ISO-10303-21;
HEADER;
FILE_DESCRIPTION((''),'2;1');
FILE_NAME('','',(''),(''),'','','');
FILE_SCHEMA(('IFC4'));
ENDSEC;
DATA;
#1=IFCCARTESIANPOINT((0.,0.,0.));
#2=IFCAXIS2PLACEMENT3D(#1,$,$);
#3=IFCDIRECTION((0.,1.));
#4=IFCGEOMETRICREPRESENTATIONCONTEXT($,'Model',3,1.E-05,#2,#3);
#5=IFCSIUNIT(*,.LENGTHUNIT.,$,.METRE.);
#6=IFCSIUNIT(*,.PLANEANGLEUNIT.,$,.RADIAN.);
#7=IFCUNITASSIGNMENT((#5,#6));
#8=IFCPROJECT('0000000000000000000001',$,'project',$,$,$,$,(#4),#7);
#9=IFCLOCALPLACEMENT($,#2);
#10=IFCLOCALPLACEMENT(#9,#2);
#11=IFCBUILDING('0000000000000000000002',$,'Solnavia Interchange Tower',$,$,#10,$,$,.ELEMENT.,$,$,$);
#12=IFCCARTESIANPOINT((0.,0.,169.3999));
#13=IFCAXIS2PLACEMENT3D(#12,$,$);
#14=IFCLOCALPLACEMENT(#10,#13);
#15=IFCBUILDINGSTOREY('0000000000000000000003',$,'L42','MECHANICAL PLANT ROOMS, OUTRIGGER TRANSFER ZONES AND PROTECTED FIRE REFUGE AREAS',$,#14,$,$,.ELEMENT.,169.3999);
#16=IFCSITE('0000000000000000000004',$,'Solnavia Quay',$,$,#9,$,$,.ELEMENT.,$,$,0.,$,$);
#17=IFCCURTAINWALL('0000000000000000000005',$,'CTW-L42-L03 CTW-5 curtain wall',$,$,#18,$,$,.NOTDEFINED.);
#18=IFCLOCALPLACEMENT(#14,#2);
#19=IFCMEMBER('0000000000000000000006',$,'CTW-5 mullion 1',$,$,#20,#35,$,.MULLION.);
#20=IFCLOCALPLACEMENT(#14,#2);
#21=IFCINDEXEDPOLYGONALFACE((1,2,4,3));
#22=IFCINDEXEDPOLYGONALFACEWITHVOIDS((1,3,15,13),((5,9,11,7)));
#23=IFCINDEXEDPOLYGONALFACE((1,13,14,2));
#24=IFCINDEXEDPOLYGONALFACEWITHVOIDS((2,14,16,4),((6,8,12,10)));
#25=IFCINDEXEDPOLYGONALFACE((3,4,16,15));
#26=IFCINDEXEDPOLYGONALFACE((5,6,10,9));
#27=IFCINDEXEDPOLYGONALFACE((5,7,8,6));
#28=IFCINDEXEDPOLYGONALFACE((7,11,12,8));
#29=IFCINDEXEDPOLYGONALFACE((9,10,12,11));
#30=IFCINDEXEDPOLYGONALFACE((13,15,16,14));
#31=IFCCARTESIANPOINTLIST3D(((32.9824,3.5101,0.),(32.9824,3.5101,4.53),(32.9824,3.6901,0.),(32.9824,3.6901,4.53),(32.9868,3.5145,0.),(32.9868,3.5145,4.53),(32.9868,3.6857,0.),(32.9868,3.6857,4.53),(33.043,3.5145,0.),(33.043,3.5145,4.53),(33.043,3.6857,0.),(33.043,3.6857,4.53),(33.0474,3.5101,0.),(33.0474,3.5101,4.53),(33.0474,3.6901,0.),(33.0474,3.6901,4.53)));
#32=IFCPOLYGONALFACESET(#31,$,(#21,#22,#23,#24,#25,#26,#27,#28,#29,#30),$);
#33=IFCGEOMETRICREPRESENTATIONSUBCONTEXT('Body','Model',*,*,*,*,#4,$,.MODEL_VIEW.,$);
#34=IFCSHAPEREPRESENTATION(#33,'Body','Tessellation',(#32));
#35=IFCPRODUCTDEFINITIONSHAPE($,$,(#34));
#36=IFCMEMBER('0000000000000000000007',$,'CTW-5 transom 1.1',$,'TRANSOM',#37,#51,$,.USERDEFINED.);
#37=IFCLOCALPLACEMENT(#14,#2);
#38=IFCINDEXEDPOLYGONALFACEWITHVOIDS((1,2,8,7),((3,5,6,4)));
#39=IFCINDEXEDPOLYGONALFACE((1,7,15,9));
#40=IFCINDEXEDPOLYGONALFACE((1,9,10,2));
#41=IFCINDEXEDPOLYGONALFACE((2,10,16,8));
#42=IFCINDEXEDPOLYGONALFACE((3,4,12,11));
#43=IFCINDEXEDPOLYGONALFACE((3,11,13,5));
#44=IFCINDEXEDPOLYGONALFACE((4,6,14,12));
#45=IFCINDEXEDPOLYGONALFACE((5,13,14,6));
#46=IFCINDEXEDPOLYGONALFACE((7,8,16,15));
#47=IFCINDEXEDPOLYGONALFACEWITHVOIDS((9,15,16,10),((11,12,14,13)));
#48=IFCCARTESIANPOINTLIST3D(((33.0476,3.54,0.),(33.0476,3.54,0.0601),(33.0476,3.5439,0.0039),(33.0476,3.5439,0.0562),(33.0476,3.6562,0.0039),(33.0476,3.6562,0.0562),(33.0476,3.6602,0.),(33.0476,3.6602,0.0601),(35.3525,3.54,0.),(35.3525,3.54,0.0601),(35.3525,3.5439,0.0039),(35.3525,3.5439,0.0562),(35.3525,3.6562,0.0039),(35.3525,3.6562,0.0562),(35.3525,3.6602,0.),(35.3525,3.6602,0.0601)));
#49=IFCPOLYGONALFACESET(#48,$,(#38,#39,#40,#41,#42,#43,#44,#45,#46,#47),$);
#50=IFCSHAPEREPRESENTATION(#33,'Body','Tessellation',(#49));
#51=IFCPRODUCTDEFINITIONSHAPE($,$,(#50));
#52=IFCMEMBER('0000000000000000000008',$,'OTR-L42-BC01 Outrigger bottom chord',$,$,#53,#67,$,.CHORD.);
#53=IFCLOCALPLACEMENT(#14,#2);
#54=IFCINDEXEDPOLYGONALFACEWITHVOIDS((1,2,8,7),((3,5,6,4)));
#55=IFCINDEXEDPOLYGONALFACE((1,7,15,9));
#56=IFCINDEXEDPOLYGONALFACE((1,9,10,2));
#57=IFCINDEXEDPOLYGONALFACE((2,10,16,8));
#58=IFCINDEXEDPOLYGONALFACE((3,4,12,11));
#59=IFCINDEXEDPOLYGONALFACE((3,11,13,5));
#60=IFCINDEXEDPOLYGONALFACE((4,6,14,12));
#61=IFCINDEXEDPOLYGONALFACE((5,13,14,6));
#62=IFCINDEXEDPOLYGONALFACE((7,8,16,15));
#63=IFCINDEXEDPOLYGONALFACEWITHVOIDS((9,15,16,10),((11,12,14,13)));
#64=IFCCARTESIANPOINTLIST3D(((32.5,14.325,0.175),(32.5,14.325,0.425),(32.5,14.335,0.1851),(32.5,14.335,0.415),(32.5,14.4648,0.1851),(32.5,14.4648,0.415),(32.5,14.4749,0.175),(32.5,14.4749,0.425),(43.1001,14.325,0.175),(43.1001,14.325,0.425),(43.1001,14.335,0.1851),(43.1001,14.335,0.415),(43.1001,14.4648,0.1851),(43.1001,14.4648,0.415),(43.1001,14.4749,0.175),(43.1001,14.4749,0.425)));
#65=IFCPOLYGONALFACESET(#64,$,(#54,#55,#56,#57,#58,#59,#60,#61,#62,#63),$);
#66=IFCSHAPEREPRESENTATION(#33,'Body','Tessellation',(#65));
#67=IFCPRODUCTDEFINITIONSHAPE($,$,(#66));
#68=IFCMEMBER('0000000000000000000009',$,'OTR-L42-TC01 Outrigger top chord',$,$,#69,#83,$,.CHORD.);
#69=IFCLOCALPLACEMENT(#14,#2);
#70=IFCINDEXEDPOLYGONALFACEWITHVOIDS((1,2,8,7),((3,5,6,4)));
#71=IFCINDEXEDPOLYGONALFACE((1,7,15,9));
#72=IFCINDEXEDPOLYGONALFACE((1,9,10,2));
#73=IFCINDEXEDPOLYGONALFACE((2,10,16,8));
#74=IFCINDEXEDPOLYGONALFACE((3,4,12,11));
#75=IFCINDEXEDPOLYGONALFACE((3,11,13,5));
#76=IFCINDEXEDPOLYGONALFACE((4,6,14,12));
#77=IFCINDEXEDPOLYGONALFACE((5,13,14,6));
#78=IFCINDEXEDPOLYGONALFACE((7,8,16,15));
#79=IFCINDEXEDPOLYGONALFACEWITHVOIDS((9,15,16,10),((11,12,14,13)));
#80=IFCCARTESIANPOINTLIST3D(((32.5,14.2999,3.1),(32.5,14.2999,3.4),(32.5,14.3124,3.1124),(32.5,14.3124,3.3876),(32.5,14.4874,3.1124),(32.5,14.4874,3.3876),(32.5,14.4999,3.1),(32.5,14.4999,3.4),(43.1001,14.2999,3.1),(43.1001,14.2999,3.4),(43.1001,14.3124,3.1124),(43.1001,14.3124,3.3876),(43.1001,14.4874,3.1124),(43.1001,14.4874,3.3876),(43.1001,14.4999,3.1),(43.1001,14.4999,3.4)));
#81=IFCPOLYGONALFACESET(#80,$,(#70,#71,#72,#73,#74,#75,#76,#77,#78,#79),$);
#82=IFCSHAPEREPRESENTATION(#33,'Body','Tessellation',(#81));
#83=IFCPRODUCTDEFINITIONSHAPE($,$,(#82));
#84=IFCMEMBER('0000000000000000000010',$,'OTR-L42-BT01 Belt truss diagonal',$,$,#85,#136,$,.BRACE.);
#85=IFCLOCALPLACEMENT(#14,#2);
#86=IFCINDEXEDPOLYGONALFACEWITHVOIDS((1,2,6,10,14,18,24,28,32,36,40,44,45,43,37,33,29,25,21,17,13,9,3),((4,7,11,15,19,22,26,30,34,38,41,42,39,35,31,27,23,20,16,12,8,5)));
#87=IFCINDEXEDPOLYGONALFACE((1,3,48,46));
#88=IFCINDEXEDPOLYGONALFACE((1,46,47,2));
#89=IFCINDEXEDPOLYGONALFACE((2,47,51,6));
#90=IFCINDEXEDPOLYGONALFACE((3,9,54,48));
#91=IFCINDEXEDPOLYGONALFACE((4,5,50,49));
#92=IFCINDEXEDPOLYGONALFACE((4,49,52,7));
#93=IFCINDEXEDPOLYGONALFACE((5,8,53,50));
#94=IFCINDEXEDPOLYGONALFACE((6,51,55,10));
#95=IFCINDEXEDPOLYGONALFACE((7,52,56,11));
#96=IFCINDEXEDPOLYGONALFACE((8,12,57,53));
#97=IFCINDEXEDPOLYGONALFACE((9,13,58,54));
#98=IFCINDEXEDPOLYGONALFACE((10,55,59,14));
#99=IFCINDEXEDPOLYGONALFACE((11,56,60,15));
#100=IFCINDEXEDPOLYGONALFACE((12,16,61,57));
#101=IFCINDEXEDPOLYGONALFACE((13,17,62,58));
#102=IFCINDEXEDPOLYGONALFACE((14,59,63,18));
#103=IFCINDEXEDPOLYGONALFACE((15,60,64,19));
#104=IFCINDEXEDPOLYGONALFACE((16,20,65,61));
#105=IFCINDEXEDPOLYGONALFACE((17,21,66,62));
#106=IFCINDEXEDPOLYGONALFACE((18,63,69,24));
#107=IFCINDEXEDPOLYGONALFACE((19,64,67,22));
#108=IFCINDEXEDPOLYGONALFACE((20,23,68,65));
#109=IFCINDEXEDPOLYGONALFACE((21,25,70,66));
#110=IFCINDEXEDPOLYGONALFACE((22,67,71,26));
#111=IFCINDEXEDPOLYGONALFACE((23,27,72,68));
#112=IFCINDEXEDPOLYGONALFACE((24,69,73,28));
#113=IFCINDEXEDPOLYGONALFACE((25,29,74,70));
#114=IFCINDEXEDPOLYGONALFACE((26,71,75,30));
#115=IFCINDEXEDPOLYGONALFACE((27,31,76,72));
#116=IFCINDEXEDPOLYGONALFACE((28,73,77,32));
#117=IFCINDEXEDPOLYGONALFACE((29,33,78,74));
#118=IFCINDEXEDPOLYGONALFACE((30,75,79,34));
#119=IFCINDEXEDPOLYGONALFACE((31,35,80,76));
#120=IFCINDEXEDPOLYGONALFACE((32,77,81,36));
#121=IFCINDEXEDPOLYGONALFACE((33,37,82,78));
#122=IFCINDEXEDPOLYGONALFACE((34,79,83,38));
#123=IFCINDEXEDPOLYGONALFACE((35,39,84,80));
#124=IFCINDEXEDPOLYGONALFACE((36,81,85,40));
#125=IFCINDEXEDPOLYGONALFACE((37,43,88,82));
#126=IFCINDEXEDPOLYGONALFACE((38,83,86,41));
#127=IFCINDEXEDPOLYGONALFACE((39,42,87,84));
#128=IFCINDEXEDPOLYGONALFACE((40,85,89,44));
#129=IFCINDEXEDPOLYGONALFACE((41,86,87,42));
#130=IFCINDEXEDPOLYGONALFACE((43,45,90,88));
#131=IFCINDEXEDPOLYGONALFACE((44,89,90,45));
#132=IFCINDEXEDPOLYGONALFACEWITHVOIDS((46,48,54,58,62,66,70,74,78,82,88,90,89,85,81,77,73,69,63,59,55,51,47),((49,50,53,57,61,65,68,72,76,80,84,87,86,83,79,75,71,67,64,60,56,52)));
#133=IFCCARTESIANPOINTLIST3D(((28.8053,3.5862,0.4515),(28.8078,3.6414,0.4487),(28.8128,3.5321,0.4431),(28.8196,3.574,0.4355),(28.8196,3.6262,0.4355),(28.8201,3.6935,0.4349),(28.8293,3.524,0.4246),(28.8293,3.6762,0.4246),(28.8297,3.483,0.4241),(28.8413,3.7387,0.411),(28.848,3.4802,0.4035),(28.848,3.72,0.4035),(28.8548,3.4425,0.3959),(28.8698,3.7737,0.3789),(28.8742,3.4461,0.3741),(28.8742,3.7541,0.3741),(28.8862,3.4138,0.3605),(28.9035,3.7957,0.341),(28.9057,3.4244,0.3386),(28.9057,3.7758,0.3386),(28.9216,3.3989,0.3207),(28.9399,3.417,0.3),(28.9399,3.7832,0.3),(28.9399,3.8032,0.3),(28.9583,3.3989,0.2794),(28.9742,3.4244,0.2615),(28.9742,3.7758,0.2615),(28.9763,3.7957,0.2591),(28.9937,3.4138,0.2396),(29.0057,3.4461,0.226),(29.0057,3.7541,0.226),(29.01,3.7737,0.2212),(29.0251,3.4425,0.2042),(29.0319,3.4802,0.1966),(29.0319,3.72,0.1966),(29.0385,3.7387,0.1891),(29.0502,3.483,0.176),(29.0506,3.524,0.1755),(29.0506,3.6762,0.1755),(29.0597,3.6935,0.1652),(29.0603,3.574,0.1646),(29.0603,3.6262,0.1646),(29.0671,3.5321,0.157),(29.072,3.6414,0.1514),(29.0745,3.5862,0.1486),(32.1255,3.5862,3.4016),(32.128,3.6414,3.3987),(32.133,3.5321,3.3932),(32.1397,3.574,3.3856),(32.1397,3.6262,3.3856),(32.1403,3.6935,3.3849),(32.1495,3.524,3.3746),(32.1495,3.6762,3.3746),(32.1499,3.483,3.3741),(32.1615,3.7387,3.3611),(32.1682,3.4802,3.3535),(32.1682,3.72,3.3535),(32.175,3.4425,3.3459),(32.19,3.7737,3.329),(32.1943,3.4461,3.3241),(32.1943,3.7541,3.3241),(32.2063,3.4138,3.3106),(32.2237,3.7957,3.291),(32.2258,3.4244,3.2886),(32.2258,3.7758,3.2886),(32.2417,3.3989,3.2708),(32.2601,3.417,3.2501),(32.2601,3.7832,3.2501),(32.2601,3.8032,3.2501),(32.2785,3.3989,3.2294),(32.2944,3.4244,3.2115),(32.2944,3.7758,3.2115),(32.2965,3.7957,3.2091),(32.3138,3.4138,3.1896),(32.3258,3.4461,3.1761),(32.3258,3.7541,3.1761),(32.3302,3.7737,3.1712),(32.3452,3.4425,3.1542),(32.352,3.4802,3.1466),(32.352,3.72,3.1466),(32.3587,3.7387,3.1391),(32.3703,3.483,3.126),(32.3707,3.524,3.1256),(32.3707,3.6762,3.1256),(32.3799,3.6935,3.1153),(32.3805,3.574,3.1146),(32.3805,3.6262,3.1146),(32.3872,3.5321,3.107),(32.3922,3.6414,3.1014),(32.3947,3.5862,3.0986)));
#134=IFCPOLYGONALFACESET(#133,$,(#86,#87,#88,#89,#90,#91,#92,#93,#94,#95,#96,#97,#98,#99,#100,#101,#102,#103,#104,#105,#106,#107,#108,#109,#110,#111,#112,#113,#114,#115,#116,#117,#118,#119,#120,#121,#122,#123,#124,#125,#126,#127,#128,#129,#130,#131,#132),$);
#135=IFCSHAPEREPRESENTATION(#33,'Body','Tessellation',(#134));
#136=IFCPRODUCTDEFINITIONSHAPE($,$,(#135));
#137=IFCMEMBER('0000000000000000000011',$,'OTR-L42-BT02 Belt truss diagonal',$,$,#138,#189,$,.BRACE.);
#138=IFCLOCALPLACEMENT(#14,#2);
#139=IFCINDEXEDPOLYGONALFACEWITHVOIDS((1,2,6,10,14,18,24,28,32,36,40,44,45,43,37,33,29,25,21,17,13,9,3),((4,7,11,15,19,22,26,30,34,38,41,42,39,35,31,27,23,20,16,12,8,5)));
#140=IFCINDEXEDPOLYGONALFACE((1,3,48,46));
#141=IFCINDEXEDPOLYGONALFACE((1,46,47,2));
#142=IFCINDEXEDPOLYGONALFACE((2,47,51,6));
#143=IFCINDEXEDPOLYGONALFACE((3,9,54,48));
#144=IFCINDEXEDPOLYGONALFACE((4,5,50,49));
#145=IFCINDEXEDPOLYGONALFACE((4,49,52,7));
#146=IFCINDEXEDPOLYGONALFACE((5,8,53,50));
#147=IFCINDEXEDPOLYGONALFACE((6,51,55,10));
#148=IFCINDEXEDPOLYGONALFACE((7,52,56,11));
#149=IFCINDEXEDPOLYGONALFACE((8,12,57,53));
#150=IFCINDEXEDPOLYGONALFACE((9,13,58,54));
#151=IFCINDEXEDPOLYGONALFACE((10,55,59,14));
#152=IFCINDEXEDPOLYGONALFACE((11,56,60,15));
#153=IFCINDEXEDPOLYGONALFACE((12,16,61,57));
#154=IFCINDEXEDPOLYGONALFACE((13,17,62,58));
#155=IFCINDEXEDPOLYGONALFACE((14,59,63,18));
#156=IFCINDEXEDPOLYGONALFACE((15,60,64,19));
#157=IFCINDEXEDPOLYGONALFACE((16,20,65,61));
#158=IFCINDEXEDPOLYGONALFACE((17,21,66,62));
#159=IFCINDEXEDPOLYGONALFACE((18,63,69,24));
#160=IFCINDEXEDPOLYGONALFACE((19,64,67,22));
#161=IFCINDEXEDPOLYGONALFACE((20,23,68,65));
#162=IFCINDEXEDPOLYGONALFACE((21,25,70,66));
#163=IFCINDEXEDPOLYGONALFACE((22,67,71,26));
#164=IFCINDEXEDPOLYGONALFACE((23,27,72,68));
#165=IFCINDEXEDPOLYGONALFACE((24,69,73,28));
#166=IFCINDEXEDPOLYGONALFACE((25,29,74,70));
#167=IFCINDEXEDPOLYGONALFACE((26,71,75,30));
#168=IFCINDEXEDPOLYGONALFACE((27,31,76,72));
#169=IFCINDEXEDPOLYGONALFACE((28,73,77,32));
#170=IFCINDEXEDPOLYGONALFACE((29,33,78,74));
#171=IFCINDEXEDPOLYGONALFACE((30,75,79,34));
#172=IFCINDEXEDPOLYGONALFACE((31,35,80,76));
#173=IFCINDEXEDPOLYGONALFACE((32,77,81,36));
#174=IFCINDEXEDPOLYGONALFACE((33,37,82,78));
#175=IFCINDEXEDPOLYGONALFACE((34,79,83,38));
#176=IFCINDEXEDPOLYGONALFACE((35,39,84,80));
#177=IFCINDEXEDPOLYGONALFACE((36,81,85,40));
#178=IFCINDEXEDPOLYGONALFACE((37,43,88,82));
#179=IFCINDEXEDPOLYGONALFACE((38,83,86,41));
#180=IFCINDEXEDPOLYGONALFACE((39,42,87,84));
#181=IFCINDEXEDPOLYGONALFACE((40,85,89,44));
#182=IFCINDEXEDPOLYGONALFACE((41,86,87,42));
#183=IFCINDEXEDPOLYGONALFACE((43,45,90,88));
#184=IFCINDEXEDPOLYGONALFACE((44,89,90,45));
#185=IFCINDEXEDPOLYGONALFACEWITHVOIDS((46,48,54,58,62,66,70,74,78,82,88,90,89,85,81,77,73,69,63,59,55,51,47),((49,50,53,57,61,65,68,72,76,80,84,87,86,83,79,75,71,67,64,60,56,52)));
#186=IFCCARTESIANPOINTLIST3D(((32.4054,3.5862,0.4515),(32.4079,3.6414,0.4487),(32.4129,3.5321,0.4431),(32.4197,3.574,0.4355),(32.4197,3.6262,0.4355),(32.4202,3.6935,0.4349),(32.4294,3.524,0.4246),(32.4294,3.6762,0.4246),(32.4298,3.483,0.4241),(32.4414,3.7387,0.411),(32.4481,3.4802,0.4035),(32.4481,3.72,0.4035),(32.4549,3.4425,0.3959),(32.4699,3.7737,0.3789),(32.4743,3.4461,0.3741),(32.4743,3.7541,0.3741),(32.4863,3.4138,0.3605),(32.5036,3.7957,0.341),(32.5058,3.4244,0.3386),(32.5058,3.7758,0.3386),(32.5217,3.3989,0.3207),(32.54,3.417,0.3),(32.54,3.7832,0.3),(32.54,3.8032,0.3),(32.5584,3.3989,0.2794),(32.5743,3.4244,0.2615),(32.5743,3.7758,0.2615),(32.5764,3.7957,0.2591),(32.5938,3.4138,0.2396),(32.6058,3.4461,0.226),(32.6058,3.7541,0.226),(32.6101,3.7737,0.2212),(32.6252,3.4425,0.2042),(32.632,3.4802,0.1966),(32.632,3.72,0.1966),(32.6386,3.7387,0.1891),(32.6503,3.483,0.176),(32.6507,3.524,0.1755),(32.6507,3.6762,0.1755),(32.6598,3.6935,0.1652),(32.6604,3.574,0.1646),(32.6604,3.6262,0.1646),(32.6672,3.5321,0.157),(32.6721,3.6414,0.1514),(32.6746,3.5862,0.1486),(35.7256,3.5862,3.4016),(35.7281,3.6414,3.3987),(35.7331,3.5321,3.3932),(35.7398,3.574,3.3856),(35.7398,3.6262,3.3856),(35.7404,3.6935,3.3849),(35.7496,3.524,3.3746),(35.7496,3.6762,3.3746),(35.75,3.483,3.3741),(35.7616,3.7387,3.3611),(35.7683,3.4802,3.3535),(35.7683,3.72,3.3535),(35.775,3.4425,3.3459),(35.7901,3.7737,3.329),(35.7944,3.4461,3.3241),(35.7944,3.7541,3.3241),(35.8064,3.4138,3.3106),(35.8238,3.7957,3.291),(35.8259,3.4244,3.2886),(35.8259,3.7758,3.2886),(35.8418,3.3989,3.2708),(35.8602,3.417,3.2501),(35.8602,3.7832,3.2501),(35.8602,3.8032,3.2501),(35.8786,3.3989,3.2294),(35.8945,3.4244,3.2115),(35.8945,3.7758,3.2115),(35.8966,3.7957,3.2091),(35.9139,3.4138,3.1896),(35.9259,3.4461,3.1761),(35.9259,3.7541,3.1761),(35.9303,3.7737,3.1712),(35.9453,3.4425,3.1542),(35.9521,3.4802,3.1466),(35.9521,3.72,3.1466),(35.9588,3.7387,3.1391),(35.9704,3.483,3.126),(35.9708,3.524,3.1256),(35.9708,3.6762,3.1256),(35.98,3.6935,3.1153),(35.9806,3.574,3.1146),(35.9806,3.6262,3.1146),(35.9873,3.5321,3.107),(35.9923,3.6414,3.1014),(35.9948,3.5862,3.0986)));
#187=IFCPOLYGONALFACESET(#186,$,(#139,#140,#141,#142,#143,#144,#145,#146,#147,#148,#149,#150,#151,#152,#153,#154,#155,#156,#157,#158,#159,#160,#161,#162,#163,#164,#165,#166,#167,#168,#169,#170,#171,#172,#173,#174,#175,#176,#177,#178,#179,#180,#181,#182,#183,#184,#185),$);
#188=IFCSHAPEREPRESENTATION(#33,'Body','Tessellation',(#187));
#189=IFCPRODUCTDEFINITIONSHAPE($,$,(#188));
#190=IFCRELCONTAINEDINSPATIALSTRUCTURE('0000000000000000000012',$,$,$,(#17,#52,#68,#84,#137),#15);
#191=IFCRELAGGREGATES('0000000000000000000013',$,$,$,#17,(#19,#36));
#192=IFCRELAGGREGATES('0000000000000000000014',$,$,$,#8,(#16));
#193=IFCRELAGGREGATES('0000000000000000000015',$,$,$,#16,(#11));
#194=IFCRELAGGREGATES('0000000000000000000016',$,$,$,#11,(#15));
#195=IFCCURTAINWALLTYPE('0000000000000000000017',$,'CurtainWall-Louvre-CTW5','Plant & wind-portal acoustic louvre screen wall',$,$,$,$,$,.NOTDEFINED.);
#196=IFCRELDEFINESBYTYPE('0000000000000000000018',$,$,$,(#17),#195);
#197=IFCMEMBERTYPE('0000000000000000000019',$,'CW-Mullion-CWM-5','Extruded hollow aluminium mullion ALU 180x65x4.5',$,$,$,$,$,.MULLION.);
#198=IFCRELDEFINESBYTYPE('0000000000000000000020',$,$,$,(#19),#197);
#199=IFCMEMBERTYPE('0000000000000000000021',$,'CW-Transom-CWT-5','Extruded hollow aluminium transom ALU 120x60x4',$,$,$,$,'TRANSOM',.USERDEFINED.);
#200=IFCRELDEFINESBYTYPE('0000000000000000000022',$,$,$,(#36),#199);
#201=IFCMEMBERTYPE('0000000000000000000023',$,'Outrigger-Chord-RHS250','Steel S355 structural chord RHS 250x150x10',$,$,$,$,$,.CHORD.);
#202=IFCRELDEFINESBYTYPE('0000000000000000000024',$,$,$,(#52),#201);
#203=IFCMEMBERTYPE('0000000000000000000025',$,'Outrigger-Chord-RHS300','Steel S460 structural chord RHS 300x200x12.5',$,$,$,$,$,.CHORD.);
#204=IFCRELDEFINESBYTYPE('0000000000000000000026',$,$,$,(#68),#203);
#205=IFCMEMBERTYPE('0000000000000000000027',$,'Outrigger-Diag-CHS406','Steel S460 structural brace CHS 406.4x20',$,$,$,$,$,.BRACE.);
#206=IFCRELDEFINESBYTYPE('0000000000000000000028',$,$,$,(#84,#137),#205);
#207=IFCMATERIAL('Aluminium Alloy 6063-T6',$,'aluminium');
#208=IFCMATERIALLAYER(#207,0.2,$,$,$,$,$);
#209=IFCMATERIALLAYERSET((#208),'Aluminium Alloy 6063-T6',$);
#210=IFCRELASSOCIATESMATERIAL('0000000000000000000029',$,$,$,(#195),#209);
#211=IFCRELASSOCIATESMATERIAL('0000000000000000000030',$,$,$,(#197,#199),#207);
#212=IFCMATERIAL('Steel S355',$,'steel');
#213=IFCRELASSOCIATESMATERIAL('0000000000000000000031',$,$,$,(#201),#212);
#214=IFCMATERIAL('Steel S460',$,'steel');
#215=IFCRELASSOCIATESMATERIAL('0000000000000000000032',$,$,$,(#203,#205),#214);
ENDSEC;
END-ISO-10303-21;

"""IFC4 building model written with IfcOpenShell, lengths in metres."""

from ifc_helpers import new_model, si_unit, direction, frame, origin, origin_2d, place, context, subcontext, project, spatial, hollow_rectangle, hollow_circle, extrude, material, layer, layer_set, material_profile, profile_set, type_object, element, aggregate, save


model = new_model("IFC4")

# Units and contexts
model_context = context("Model", 3, precision=1e-05, world=origin(), true_north=direction((0.0, 1.0)))
body_context = subcontext(model_context, "Body", "Model", "MODEL_VIEW")
ifc_project = project(units=[si_unit("LENGTHUNIT", "METRE"), si_unit("PLANEANGLEUNIT", "RADIAN")], contexts=[model_context])

# Site, building, storey
site_placement = place(None, origin())
site = spatial("IfcSite", under=ifc_project, at=site_placement, Name="Solnavia Quay", CompositionType="ELEMENT", RefElevation=0.0)
building_placement = place(site_placement, origin())
building = spatial("IfcBuilding", under=site, at=building_placement, Name="Solnavia Interchange Tower", CompositionType="ELEMENT")
storey_placement = place(building_placement, frame((0.0, 0.0, 169.3999)))
storey = spatial("IfcBuildingStorey", under=building, at=storey_placement, Name="L42", Description="MECHANICAL PLANT ROOMS, OUTRIGGER TRANSFER ZONES AND PROTECTED FIRE REFUGE AREAS", CompositionType="ELEMENT", Elevation=169.3999)

# Shared definitions
ifc_material_1 = material(Name="Steel S355", Category="steel")

# Shared definitions
ifc_material_2 = material(Name="Steel S460", Category="steel")

# Curtain wall, members
ifc_material_3 = material(Name="Aluminium Alloy 6063-T6", Category="aluminium")
ifc_layer_1 = layer(ifc_material_3, 0.2)
ifc_layer_set_1 = layer_set([ifc_layer_1], Name="Aluminium Alloy 6063-T6")
curtain_wall_type = type_object("IfcCurtainWallType", Name="CurtainWall-Louvre-CTW5", Description="Plant & wind-portal acoustic louvre screen wall", PredefinedType="NOTDEFINED", material=ifc_layer_set_1)
curtain_wall_placement = place(storey_placement, origin())
curtain_wall = element("IfcCurtainWall", 1, at=curtain_wall_placement, inside=storey, type_object=curtain_wall_type, Name="CTW-L42-L03 CTW-5 curtain wall", PredefinedType="NOTDEFINED")
ifc_material_profile_1 = material_profile(ifc_material_3, hollow_rectangle(XDim=0.0649, YDim=0.1799, WallThickness=0.0044, at=origin_2d()), Name="ALU 180x65x4.5")
ifc_profile_set_1 = profile_set([ifc_material_profile_1], Name="Aluminium Alloy 6063-T6")
member_type_1 = type_object("IfcMemberType", Name="CW-Mullion-CWM-5", Description="Extruded hollow aluminium mullion ALU 180x65x4.5", PredefinedType="MULLION", material=ifc_profile_set_1)
member_1_placement = place(storey_placement, frame((33.0149, 3.6001, 0.0), z_axis=(0.0, 0.0, 1.0), x_axis=(1.0, 0.0, 0.0)))
member_1 = element("IfcMember", 2, at=member_1_placement, type_object=member_type_1, Name="CTW-5 mullion 1", PredefinedType="MULLION", context=body_context, shape_type="SweptSolid", body=[
    extrude(hollow_rectangle(XDim=0.0649, YDim=0.1799, WallThickness=0.0044, at=origin_2d()), origin(), (0.0, 0.0, 1.0), 4.53),
])
ifc_material_profile_2 = material_profile(ifc_material_3, hollow_rectangle(XDim=0.0601, YDim=0.1201, WallThickness=0.0039, at=origin_2d()), Name="ALU 120x60x4")
ifc_profile_set_2 = profile_set([ifc_material_profile_2], Name="Aluminium Alloy 6063-T6")
member_type_2 = type_object("IfcMemberType", Name="CW-Transom-CWT-5", Description="Extruded hollow aluminium transom ALU 120x60x4", ElementType="TRANSOM", PredefinedType="USERDEFINED", material=ifc_profile_set_2)
member_2_placement = place(storey_placement, frame((33.0476, 3.6001, 0.03), z_axis=(1.0, 0.0, 0.0), x_axis=(0.0, 0.0, 1.0)))
member_2 = element("IfcMember", 3, at=member_2_placement, type_object=member_type_2, Name="CTW-5 transom 1.1", ObjectType="TRANSOM", PredefinedType="USERDEFINED", context=body_context, shape_type="SweptSolid", body=[
    extrude(hollow_rectangle(XDim=0.0601, YDim=0.1201, WallThickness=0.0039, at=origin_2d()), origin(), (0.0, 0.0, 1.0), 2.3049),
])
aggregate(curtain_wall, [member_1, member_2])

# Members
ifc_material_profile_3 = material_profile(ifc_material_1, hollow_rectangle(XDim=0.1499, YDim=0.25, WallThickness=0.01, at=origin_2d()), Name="RHS 250x150x10")
ifc_profile_set_3 = profile_set([ifc_material_profile_3], Name="Steel S355")
member_type_3 = type_object("IfcMemberType", Name="Outrigger-Chord-RHS250", Description="Steel S355 structural chord RHS 250x150x10", PredefinedType="CHORD", material=ifc_profile_set_3)
member_3_placement = place(storey_placement, frame((32.5, 14.3999, 0.3), z_axis=(1.0, 0.0, 0.0), x_axis=(0.0, 1.0, 0.0)))
element("IfcMember", 4, at=member_3_placement, inside=storey, type_object=member_type_3, Name="OTR-L42-BC01 Outrigger bottom chord", PredefinedType="CHORD", context=body_context, shape_type="SweptSolid", body=[
    extrude(hollow_rectangle(XDim=0.1499, YDim=0.25, WallThickness=0.01, at=origin_2d()), origin(), (0.0, 0.0, 1.0), 10.6001),
])
ifc_material_profile_4 = material_profile(ifc_material_2, hollow_rectangle(XDim=0.2, YDim=0.3, WallThickness=0.0125, at=origin_2d()), Name="RHS 300x200x12.5")
ifc_profile_set_4 = profile_set([ifc_material_profile_4], Name="Steel S460")
member_type_4 = type_object("IfcMemberType", Name="Outrigger-Chord-RHS300", Description="Steel S460 structural chord RHS 300x200x12.5", PredefinedType="CHORD", material=ifc_profile_set_4)
member_4_placement = place(storey_placement, frame((32.5, 14.3999, 3.25), z_axis=(1.0, 0.0, 0.0), x_axis=(0.0, 1.0, 0.0)))
element("IfcMember", 5, at=member_4_placement, inside=storey, type_object=member_type_4, Name="OTR-L42-TC01 Outrigger top chord", PredefinedType="CHORD", context=body_context, shape_type="SweptSolid", body=[
    extrude(hollow_rectangle(XDim=0.2, YDim=0.3, WallThickness=0.0125, at=origin_2d()), origin(), (0.0, 0.0, 1.0), 10.6001),
])
ifc_material_profile_5 = material_profile(ifc_material_2, hollow_circle(Radius=0.2031, WallThickness=0.02, at=origin_2d()), Name="CHS 406.4x20")
ifc_profile_set_5 = profile_set([ifc_material_profile_5], Name="Steel S460")
member_type_5 = type_object("IfcMemberType", Name="Outrigger-Diag-CHS406", Description="Steel S460 structural brace CHS 406.4x20", PredefinedType="BRACE", material=ifc_profile_set_5)
for number, where, z_axis, x_axis, name in (
    (6, (28.9399, 3.6001, 0.3), (0.747546, 0.0, 0.66421), (0.0, 1.0, 0.0), "OTR-L42-BT01 Belt truss diagonal"),
    (7, (32.54, 3.6001, 0.3), (0.747546, 0.0, 0.66421), (0.0, 1.0, 0.0), "OTR-L42-BT02 Belt truss diagonal"),
):
    element("IfcMember", number, at=place(storey_placement, frame(where, z_axis=z_axis, x_axis=x_axis)), inside=storey, type_object=member_type_5, Name=name, PredefinedType="BRACE", context=body_context, shape_type="SweptSolid", body=[
        extrude(hollow_circle(Radius=0.2031, WallThickness=0.02, at=origin_2d()), origin(), (0.0, 0.0, 1.0), 4.4414),
    ])

save(model, "model.ifc")
